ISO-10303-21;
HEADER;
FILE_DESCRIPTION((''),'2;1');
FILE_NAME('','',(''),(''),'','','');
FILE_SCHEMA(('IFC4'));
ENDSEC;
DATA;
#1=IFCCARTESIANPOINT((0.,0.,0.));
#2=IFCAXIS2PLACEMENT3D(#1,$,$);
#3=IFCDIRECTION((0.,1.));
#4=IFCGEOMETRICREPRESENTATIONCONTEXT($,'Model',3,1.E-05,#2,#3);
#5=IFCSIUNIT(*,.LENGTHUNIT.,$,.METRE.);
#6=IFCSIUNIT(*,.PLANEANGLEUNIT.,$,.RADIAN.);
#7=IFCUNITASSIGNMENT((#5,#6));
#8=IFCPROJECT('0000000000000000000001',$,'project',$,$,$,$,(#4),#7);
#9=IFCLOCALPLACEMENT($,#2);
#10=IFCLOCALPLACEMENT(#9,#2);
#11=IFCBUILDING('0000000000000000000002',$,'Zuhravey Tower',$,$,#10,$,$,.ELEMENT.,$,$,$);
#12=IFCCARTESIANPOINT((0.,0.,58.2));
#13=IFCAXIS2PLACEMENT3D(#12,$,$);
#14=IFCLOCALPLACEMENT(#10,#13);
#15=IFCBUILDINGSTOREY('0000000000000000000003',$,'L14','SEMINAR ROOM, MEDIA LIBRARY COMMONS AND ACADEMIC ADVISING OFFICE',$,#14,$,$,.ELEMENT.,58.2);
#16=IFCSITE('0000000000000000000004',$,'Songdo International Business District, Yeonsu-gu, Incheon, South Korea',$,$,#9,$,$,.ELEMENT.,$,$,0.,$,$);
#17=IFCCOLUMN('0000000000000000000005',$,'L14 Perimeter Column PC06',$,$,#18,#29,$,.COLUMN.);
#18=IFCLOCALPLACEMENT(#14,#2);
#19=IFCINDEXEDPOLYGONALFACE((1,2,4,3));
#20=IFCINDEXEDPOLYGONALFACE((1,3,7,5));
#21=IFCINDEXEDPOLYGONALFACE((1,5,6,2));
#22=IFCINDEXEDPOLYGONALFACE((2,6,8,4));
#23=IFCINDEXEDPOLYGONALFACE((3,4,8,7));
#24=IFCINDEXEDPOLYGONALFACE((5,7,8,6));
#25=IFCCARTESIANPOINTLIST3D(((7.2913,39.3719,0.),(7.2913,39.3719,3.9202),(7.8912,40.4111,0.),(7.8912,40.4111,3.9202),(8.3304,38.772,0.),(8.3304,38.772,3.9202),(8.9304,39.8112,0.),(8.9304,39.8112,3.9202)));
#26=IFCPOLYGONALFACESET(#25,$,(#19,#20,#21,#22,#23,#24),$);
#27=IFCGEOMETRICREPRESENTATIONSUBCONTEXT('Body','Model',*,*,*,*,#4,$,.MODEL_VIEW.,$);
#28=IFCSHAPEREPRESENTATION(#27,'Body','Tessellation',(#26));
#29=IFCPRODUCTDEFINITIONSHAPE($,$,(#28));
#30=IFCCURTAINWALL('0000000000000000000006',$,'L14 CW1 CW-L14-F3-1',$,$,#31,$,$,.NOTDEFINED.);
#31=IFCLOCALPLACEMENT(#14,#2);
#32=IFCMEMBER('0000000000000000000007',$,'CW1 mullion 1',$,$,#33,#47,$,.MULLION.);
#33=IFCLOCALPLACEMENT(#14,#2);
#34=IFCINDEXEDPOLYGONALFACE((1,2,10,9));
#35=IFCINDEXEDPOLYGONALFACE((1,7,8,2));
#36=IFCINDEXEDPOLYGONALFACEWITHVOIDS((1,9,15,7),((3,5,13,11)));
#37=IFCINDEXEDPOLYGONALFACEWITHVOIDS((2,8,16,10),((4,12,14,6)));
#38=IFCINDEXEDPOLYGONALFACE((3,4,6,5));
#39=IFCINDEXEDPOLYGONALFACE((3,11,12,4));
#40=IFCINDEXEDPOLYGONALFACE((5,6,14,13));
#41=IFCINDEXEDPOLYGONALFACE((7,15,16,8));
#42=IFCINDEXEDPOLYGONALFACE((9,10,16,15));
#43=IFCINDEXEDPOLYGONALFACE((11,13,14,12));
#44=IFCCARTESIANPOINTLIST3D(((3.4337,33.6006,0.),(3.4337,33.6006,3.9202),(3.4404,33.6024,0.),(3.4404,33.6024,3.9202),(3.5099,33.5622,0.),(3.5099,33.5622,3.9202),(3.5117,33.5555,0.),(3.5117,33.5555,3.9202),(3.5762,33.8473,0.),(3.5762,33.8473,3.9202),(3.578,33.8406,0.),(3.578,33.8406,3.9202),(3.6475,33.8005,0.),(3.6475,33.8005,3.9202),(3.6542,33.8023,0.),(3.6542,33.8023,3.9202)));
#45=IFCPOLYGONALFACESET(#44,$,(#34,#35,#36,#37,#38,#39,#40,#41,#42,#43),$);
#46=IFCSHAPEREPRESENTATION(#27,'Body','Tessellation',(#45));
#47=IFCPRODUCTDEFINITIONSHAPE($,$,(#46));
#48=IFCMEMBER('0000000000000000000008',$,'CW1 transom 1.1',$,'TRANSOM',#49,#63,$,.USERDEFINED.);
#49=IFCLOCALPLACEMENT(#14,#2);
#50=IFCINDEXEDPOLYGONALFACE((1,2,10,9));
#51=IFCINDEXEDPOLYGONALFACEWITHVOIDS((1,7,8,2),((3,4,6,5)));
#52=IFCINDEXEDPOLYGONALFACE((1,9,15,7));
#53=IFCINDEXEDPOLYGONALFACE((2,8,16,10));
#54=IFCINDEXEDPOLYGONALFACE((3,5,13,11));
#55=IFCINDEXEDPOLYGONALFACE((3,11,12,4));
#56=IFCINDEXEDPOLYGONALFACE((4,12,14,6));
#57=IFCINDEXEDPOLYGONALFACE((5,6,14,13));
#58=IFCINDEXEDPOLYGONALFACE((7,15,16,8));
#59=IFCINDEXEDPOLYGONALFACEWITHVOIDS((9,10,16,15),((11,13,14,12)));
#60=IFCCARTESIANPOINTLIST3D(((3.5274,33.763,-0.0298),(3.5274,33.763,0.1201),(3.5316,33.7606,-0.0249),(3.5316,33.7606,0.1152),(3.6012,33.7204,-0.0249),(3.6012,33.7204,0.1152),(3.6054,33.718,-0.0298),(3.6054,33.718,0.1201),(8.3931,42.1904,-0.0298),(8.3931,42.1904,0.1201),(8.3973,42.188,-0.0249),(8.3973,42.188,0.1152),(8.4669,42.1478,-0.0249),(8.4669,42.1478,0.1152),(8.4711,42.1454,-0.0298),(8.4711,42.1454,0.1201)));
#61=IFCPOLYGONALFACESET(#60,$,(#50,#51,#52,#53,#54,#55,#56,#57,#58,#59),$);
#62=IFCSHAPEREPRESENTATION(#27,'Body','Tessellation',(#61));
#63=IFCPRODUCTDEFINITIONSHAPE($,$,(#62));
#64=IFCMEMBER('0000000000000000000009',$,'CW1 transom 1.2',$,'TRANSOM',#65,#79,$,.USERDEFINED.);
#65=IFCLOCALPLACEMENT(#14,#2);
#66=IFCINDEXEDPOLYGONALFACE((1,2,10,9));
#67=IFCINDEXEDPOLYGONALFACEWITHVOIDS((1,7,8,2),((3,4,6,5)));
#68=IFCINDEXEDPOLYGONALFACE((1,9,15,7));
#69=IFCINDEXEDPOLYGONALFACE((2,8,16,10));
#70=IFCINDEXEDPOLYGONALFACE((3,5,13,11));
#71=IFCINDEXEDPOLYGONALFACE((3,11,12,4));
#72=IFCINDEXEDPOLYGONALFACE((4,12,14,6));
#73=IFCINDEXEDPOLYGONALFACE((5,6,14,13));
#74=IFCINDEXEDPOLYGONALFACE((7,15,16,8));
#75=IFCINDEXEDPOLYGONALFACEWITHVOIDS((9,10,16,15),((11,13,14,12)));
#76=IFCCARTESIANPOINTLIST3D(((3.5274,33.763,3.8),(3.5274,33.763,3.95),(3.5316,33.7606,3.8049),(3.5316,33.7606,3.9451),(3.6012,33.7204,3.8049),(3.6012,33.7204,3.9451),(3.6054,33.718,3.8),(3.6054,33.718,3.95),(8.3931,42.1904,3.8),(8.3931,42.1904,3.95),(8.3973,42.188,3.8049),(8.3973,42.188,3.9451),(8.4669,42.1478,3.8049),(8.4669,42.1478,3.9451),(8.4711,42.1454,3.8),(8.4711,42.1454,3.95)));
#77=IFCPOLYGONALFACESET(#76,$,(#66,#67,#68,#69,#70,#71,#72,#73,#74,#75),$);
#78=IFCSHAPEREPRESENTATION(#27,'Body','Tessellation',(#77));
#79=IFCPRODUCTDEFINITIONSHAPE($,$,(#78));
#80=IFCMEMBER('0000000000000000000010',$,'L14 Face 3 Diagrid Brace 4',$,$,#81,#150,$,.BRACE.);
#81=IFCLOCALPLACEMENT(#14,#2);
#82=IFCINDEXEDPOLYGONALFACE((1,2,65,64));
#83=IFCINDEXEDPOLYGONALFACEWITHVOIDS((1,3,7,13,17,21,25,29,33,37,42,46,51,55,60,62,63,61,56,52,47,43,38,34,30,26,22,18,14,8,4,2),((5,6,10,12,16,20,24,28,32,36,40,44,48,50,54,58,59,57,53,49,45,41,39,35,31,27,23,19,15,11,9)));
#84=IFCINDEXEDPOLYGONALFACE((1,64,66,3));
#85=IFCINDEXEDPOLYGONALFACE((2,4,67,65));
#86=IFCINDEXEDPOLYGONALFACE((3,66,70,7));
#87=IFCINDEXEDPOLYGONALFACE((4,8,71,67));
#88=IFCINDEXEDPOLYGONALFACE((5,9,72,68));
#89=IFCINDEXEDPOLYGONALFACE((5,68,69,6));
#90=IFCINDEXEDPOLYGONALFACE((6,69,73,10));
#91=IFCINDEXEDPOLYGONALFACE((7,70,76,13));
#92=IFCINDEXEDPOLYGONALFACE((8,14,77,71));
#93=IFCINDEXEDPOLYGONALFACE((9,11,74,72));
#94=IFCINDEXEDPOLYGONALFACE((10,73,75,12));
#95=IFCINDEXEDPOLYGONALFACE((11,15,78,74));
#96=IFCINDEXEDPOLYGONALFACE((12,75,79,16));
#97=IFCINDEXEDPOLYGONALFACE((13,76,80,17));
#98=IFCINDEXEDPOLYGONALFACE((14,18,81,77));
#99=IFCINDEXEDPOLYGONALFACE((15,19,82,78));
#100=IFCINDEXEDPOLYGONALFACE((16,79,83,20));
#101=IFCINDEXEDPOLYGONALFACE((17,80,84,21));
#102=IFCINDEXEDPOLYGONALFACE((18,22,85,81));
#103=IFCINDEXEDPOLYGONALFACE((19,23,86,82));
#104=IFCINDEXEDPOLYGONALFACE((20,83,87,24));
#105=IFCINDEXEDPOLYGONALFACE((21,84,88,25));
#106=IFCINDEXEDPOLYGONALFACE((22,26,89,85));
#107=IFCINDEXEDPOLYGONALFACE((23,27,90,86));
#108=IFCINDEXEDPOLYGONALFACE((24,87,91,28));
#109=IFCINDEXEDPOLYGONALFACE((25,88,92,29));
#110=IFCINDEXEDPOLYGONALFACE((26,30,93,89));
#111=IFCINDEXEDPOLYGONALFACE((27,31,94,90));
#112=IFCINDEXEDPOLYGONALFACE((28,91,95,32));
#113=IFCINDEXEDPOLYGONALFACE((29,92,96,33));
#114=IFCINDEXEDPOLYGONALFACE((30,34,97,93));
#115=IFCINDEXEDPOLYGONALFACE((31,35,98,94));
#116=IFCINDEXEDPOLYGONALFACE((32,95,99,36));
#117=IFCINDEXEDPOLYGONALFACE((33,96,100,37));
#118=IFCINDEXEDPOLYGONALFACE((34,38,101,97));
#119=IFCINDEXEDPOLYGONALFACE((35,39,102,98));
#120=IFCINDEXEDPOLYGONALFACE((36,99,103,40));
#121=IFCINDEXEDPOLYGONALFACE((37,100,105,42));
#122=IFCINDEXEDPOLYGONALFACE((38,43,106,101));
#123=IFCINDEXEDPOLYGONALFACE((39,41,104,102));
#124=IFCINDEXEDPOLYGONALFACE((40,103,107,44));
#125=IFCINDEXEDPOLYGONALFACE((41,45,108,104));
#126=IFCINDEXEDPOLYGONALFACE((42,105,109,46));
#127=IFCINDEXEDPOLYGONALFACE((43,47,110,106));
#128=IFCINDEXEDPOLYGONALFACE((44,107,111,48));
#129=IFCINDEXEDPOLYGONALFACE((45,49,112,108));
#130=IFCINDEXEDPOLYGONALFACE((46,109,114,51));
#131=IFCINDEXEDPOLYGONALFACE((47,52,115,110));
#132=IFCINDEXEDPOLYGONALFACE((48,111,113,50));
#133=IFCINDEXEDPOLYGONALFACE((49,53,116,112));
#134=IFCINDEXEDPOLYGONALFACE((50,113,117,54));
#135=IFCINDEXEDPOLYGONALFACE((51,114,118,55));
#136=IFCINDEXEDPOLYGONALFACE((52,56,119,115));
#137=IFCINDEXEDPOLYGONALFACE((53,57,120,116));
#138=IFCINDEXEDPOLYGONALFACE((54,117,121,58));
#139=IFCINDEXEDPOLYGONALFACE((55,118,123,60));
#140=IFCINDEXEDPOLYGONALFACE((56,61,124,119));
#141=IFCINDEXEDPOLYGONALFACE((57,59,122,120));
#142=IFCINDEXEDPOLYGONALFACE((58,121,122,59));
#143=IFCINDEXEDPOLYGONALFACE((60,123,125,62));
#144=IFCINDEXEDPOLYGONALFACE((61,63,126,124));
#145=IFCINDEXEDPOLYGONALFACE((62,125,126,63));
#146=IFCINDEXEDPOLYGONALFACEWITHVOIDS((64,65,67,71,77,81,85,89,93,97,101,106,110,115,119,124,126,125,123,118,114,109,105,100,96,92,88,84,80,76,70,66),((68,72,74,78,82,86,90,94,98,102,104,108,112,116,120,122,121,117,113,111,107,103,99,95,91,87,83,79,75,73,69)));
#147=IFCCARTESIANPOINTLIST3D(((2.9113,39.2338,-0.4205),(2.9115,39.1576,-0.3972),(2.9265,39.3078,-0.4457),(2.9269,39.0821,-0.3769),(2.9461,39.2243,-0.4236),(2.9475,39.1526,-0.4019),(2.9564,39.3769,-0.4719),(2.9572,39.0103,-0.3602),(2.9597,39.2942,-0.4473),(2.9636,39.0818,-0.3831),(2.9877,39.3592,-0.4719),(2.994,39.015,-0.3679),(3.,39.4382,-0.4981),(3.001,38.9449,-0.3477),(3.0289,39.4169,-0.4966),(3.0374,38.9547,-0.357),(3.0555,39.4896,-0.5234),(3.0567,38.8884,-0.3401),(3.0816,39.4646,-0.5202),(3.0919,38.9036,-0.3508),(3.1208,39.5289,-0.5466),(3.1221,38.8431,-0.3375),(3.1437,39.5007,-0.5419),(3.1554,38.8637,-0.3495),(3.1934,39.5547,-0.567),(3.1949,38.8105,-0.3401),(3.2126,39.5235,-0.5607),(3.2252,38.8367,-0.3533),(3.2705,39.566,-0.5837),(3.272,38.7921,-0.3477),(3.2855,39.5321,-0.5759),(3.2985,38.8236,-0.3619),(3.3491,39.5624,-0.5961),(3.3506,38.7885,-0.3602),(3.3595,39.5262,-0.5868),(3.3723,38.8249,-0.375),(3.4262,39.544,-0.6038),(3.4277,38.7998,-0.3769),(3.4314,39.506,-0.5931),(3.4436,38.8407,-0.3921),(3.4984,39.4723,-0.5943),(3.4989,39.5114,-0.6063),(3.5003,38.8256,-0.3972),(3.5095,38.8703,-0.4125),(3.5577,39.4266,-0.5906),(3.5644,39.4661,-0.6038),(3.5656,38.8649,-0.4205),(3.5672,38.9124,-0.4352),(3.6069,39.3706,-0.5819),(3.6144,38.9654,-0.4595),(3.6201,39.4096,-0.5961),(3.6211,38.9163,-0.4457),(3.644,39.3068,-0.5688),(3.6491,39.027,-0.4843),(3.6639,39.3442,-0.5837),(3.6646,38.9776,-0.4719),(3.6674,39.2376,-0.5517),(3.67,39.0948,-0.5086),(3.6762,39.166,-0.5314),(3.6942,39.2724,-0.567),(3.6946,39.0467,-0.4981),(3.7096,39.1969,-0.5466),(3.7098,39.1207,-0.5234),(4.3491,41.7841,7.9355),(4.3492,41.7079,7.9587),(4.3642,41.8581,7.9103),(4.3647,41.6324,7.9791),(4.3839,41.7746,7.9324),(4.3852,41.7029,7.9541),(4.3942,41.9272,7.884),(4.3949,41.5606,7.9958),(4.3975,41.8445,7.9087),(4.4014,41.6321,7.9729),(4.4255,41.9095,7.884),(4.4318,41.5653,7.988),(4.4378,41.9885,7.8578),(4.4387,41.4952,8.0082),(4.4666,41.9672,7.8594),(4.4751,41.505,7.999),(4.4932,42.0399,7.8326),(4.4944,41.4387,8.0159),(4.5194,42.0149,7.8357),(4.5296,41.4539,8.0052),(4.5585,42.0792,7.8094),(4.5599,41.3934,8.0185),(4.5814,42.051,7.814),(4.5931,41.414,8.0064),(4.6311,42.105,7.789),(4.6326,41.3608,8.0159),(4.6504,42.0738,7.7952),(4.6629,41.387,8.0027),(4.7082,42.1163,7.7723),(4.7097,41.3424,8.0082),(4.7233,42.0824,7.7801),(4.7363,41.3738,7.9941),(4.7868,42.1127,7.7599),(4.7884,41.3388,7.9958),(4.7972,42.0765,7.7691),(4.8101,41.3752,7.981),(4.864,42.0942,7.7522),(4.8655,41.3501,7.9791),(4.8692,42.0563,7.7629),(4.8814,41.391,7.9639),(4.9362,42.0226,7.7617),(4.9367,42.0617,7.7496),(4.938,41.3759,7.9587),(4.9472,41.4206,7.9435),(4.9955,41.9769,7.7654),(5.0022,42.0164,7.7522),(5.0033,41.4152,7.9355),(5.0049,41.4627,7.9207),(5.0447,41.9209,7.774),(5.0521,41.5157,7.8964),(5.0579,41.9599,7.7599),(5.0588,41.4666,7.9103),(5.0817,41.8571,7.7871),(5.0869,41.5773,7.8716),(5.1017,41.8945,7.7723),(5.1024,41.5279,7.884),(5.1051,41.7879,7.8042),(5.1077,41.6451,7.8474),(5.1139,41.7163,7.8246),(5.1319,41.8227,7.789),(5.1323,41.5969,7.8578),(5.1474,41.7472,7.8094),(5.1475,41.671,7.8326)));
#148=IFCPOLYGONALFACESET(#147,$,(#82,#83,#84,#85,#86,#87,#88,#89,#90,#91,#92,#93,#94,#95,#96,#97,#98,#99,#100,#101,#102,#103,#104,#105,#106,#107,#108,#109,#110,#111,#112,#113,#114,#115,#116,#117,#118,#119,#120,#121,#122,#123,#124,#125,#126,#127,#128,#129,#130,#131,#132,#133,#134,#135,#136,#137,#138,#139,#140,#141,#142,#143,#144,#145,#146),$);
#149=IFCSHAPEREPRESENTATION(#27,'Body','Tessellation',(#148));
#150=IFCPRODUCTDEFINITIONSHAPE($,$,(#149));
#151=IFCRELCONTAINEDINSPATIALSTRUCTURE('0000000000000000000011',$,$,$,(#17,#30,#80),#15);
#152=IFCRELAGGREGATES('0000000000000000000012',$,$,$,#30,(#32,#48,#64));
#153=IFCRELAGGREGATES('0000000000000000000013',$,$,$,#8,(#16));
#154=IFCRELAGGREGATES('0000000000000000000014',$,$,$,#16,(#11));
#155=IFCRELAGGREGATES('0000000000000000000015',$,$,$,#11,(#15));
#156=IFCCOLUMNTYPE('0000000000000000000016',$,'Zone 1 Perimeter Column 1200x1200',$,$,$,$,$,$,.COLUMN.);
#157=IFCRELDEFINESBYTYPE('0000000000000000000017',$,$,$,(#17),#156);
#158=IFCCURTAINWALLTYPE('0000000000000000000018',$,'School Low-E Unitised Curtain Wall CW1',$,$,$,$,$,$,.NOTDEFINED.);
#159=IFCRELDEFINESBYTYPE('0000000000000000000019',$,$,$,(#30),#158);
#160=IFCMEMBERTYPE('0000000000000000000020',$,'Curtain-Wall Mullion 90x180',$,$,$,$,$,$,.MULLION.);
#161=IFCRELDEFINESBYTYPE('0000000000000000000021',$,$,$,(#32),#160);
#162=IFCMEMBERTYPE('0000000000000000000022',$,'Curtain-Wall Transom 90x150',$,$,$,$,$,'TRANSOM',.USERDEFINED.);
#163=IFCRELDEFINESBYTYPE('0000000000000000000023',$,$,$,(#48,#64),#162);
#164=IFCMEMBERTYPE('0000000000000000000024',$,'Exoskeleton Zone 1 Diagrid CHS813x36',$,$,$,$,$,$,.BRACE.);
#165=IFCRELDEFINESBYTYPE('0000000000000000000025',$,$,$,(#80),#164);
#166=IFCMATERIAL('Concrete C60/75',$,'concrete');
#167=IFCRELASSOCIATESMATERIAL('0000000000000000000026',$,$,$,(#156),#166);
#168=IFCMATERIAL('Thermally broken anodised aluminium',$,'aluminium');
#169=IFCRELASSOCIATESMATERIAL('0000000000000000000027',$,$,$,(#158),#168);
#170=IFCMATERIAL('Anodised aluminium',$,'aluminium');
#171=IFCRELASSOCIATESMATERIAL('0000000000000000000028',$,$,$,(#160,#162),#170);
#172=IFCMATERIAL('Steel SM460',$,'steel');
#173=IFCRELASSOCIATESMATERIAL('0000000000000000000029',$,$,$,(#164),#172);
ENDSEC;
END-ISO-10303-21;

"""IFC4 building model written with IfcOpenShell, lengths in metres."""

from ifc_helpers import new_model, si_unit, direction, frame, origin, origin_2d, place, context, subcontext, project, spatial, rectangle, hollow_rectangle, hollow_circle, extrude, material, material_profile, profile_set, type_object, element, aggregate, save


model = new_model("IFC4")

# Units and contexts
model_context = context("Model", 3, precision=1e-05, world=origin(), true_north=direction((0.0, 1.0)))
body_context = subcontext(model_context, "Body", "Model", "MODEL_VIEW")
ifc_project = project(units=[si_unit("LENGTHUNIT", "METRE"), si_unit("PLANEANGLEUNIT", "RADIAN")], contexts=[model_context])

# Site, building, storey
site_placement = place(None, origin())
site = spatial("IfcSite", under=ifc_project, at=site_placement, Name="Songdo International Business District, Yeonsu-gu, Incheon, South Korea", CompositionType="ELEMENT", RefElevation=0.0)
building_placement = place(site_placement, origin())
building = spatial("IfcBuilding", under=site, at=building_placement, Name="Zuhravey Tower", CompositionType="ELEMENT")
storey_placement = place(building_placement, frame((0.0, 0.0, 58.2)))
storey = spatial("IfcBuildingStorey", under=building, at=storey_placement, Name="L14", Description="SEMINAR ROOM, MEDIA LIBRARY COMMONS AND ACADEMIC ADVISING OFFICE", CompositionType="ELEMENT", Elevation=58.2)

# Column
ifc_material_1 = material(Name="Concrete C60/75", Category="concrete")
ifc_material_profile_1 = material_profile(ifc_material_1, rectangle(XDim=1.2, YDim=1.2, at=origin_2d()), Name="RC-1200x1200")
ifc_profile_set_1 = profile_set([ifc_material_profile_1], Name="Concrete C60/75")
column_type = type_object("IfcColumnType", Name="Zone 1 Perimeter Column 1200x1200", PredefinedType="COLUMN", material=ifc_profile_set_1)
column_placement = place(storey_placement, frame((8.1108, 39.5916, 0.0), z_axis=(0.0, 0.0, 1.0), x_axis=(-0.5, -0.866025, 0.0)))
element("IfcColumn", 1, at=column_placement, inside=storey, type_object=column_type, Name="L14 Perimeter Column PC06", PredefinedType="COLUMN", context=body_context, shape_type="SweptSolid", body=[
    extrude(rectangle(XDim=1.2, YDim=1.2, at=origin_2d()), origin(), (0.0, 0.0, 1.0), 3.9202),
])

# Curtain wall, members
ifc_material_2 = material(Name="Thermally broken anodised aluminium", Category="aluminium")
curtain_wall_type = type_object("IfcCurtainWallType", Name="School Low-E Unitised Curtain Wall CW1", PredefinedType="NOTDEFINED", material=ifc_material_2)
curtain_wall_placement = place(storey_placement, origin())
curtain_wall = element("IfcCurtainWall", 2, at=curtain_wall_placement, inside=storey, type_object=curtain_wall_type, Name="L14 CW1 CW-L14-F3-1", PredefinedType="NOTDEFINED")
ifc_material_3 = material(Name="Anodised aluminium", Category="aluminium")
ifc_material_profile_2 = material_profile(ifc_material_3, hollow_rectangle(XDim=0.0901, YDim=0.2849, WallThickness=0.0049, at=origin_2d()), Name="ALU-RHS-90x285x5")
ifc_profile_set_2 = profile_set([ifc_material_profile_2], Name="Anodised aluminium")
member_type_1 = type_object("IfcMemberType", Name="Curtain-Wall Mullion 90x180", PredefinedType="MULLION", material=ifc_profile_set_2)
member_1_placement = place(storey_placement, frame((3.5439, 33.7014, 0.0), z_axis=(0.0, 0.0, 1.0), x_axis=(-0.866026, 0.5, 0.0)))
member_1 = element("IfcMember", 3, at=member_1_placement, type_object=member_type_1, Name="CW1 mullion 1", PredefinedType="MULLION", context=body_context, shape_type="SweptSolid", body=[
    extrude(hollow_rectangle(XDim=0.0901, YDim=0.2849, WallThickness=0.0049, at=origin_2d()), origin(), (0.0, 0.0, 1.0), 3.9202),
])
ifc_material_profile_3 = material_profile(ifc_material_3, hollow_rectangle(XDim=0.0901, YDim=0.1499, WallThickness=0.0049, at=origin_2d()), Name="ALU-RHS-90x150x5")
ifc_profile_set_3 = profile_set([ifc_material_profile_3], Name="Anodised aluminium")
member_type_2 = type_object("IfcMemberType", Name="Curtain-Wall Transom 90x150", ElementType="TRANSOM", PredefinedType="USERDEFINED", material=ifc_profile_set_3)
member_2_placement = place(storey_placement, frame((3.5664, 33.7405, 0.0452), z_axis=(0.500008, 0.866021, 0.0), x_axis=(-0.866021, 0.500008, 0.0)))
member_2 = element("IfcMember", 4, at=member_2_placement, type_object=member_type_2, Name="CW1 transom 1.1", ObjectType="TRANSOM", PredefinedType="USERDEFINED", context=body_context, shape_type="SweptSolid", body=[
    extrude(hollow_rectangle(XDim=0.0901, YDim=0.1499, WallThickness=0.0049, at=origin_2d()), origin(), (0.0, 0.0, 1.0), 9.7312),
])
member_3_placement = place(storey_placement, frame((3.5664, 33.7405, 3.875), z_axis=(0.500008, 0.866021, 0.0), x_axis=(-0.866021, 0.500008, 0.0)))
member_3 = element("IfcMember", 5, at=member_3_placement, type_object=member_type_2, Name="CW1 transom 1.2", ObjectType="TRANSOM", PredefinedType="USERDEFINED", context=body_context, shape_type="SweptSolid", body=[
    extrude(hollow_rectangle(XDim=0.0901, YDim=0.1499, WallThickness=0.0049, at=origin_2d()), origin(), (0.0, 0.0, 1.0), 9.7312),
])

# Member
ifc_material_4 = material(Name="Steel SM460", Category="steel")
ifc_material_profile_4 = material_profile(ifc_material_4, hollow_circle(Radius=0.4065, WallThickness=0.0359, at=origin_2d()), Name="CHS-812.8x36")
ifc_profile_set_4 = profile_set([ifc_material_profile_4], Name="Steel SM460")
member_type_3 = type_object("IfcMemberType", Name="Exoskeleton Zone 1 Diagrid CHS813x36", PredefinedType="BRACE", material=ifc_profile_set_4)
member_4_placement = place(storey_placement, frame((3.3105, 39.1772, -0.4719), z_axis=(0.162384, 0.288039, 0.943751), x_axis=(-0.871107, 0.491092, 0.0)))
element("IfcMember", 6, at=member_4_placement, inside=storey, type_object=member_type_3, Name="L14 Face 3 Diagrid Brace 4", PredefinedType="BRACE", context=body_context, shape_type="SweptSolid", body=[
    extrude(hollow_circle(Radius=0.4065, WallThickness=0.0359, at=origin_2d()), origin(), (0.0, 0.0, 1.0), 8.854),
])

aggregate(curtain_wall, [member_1, member_2, member_3])

save(model, "model.ifc")
